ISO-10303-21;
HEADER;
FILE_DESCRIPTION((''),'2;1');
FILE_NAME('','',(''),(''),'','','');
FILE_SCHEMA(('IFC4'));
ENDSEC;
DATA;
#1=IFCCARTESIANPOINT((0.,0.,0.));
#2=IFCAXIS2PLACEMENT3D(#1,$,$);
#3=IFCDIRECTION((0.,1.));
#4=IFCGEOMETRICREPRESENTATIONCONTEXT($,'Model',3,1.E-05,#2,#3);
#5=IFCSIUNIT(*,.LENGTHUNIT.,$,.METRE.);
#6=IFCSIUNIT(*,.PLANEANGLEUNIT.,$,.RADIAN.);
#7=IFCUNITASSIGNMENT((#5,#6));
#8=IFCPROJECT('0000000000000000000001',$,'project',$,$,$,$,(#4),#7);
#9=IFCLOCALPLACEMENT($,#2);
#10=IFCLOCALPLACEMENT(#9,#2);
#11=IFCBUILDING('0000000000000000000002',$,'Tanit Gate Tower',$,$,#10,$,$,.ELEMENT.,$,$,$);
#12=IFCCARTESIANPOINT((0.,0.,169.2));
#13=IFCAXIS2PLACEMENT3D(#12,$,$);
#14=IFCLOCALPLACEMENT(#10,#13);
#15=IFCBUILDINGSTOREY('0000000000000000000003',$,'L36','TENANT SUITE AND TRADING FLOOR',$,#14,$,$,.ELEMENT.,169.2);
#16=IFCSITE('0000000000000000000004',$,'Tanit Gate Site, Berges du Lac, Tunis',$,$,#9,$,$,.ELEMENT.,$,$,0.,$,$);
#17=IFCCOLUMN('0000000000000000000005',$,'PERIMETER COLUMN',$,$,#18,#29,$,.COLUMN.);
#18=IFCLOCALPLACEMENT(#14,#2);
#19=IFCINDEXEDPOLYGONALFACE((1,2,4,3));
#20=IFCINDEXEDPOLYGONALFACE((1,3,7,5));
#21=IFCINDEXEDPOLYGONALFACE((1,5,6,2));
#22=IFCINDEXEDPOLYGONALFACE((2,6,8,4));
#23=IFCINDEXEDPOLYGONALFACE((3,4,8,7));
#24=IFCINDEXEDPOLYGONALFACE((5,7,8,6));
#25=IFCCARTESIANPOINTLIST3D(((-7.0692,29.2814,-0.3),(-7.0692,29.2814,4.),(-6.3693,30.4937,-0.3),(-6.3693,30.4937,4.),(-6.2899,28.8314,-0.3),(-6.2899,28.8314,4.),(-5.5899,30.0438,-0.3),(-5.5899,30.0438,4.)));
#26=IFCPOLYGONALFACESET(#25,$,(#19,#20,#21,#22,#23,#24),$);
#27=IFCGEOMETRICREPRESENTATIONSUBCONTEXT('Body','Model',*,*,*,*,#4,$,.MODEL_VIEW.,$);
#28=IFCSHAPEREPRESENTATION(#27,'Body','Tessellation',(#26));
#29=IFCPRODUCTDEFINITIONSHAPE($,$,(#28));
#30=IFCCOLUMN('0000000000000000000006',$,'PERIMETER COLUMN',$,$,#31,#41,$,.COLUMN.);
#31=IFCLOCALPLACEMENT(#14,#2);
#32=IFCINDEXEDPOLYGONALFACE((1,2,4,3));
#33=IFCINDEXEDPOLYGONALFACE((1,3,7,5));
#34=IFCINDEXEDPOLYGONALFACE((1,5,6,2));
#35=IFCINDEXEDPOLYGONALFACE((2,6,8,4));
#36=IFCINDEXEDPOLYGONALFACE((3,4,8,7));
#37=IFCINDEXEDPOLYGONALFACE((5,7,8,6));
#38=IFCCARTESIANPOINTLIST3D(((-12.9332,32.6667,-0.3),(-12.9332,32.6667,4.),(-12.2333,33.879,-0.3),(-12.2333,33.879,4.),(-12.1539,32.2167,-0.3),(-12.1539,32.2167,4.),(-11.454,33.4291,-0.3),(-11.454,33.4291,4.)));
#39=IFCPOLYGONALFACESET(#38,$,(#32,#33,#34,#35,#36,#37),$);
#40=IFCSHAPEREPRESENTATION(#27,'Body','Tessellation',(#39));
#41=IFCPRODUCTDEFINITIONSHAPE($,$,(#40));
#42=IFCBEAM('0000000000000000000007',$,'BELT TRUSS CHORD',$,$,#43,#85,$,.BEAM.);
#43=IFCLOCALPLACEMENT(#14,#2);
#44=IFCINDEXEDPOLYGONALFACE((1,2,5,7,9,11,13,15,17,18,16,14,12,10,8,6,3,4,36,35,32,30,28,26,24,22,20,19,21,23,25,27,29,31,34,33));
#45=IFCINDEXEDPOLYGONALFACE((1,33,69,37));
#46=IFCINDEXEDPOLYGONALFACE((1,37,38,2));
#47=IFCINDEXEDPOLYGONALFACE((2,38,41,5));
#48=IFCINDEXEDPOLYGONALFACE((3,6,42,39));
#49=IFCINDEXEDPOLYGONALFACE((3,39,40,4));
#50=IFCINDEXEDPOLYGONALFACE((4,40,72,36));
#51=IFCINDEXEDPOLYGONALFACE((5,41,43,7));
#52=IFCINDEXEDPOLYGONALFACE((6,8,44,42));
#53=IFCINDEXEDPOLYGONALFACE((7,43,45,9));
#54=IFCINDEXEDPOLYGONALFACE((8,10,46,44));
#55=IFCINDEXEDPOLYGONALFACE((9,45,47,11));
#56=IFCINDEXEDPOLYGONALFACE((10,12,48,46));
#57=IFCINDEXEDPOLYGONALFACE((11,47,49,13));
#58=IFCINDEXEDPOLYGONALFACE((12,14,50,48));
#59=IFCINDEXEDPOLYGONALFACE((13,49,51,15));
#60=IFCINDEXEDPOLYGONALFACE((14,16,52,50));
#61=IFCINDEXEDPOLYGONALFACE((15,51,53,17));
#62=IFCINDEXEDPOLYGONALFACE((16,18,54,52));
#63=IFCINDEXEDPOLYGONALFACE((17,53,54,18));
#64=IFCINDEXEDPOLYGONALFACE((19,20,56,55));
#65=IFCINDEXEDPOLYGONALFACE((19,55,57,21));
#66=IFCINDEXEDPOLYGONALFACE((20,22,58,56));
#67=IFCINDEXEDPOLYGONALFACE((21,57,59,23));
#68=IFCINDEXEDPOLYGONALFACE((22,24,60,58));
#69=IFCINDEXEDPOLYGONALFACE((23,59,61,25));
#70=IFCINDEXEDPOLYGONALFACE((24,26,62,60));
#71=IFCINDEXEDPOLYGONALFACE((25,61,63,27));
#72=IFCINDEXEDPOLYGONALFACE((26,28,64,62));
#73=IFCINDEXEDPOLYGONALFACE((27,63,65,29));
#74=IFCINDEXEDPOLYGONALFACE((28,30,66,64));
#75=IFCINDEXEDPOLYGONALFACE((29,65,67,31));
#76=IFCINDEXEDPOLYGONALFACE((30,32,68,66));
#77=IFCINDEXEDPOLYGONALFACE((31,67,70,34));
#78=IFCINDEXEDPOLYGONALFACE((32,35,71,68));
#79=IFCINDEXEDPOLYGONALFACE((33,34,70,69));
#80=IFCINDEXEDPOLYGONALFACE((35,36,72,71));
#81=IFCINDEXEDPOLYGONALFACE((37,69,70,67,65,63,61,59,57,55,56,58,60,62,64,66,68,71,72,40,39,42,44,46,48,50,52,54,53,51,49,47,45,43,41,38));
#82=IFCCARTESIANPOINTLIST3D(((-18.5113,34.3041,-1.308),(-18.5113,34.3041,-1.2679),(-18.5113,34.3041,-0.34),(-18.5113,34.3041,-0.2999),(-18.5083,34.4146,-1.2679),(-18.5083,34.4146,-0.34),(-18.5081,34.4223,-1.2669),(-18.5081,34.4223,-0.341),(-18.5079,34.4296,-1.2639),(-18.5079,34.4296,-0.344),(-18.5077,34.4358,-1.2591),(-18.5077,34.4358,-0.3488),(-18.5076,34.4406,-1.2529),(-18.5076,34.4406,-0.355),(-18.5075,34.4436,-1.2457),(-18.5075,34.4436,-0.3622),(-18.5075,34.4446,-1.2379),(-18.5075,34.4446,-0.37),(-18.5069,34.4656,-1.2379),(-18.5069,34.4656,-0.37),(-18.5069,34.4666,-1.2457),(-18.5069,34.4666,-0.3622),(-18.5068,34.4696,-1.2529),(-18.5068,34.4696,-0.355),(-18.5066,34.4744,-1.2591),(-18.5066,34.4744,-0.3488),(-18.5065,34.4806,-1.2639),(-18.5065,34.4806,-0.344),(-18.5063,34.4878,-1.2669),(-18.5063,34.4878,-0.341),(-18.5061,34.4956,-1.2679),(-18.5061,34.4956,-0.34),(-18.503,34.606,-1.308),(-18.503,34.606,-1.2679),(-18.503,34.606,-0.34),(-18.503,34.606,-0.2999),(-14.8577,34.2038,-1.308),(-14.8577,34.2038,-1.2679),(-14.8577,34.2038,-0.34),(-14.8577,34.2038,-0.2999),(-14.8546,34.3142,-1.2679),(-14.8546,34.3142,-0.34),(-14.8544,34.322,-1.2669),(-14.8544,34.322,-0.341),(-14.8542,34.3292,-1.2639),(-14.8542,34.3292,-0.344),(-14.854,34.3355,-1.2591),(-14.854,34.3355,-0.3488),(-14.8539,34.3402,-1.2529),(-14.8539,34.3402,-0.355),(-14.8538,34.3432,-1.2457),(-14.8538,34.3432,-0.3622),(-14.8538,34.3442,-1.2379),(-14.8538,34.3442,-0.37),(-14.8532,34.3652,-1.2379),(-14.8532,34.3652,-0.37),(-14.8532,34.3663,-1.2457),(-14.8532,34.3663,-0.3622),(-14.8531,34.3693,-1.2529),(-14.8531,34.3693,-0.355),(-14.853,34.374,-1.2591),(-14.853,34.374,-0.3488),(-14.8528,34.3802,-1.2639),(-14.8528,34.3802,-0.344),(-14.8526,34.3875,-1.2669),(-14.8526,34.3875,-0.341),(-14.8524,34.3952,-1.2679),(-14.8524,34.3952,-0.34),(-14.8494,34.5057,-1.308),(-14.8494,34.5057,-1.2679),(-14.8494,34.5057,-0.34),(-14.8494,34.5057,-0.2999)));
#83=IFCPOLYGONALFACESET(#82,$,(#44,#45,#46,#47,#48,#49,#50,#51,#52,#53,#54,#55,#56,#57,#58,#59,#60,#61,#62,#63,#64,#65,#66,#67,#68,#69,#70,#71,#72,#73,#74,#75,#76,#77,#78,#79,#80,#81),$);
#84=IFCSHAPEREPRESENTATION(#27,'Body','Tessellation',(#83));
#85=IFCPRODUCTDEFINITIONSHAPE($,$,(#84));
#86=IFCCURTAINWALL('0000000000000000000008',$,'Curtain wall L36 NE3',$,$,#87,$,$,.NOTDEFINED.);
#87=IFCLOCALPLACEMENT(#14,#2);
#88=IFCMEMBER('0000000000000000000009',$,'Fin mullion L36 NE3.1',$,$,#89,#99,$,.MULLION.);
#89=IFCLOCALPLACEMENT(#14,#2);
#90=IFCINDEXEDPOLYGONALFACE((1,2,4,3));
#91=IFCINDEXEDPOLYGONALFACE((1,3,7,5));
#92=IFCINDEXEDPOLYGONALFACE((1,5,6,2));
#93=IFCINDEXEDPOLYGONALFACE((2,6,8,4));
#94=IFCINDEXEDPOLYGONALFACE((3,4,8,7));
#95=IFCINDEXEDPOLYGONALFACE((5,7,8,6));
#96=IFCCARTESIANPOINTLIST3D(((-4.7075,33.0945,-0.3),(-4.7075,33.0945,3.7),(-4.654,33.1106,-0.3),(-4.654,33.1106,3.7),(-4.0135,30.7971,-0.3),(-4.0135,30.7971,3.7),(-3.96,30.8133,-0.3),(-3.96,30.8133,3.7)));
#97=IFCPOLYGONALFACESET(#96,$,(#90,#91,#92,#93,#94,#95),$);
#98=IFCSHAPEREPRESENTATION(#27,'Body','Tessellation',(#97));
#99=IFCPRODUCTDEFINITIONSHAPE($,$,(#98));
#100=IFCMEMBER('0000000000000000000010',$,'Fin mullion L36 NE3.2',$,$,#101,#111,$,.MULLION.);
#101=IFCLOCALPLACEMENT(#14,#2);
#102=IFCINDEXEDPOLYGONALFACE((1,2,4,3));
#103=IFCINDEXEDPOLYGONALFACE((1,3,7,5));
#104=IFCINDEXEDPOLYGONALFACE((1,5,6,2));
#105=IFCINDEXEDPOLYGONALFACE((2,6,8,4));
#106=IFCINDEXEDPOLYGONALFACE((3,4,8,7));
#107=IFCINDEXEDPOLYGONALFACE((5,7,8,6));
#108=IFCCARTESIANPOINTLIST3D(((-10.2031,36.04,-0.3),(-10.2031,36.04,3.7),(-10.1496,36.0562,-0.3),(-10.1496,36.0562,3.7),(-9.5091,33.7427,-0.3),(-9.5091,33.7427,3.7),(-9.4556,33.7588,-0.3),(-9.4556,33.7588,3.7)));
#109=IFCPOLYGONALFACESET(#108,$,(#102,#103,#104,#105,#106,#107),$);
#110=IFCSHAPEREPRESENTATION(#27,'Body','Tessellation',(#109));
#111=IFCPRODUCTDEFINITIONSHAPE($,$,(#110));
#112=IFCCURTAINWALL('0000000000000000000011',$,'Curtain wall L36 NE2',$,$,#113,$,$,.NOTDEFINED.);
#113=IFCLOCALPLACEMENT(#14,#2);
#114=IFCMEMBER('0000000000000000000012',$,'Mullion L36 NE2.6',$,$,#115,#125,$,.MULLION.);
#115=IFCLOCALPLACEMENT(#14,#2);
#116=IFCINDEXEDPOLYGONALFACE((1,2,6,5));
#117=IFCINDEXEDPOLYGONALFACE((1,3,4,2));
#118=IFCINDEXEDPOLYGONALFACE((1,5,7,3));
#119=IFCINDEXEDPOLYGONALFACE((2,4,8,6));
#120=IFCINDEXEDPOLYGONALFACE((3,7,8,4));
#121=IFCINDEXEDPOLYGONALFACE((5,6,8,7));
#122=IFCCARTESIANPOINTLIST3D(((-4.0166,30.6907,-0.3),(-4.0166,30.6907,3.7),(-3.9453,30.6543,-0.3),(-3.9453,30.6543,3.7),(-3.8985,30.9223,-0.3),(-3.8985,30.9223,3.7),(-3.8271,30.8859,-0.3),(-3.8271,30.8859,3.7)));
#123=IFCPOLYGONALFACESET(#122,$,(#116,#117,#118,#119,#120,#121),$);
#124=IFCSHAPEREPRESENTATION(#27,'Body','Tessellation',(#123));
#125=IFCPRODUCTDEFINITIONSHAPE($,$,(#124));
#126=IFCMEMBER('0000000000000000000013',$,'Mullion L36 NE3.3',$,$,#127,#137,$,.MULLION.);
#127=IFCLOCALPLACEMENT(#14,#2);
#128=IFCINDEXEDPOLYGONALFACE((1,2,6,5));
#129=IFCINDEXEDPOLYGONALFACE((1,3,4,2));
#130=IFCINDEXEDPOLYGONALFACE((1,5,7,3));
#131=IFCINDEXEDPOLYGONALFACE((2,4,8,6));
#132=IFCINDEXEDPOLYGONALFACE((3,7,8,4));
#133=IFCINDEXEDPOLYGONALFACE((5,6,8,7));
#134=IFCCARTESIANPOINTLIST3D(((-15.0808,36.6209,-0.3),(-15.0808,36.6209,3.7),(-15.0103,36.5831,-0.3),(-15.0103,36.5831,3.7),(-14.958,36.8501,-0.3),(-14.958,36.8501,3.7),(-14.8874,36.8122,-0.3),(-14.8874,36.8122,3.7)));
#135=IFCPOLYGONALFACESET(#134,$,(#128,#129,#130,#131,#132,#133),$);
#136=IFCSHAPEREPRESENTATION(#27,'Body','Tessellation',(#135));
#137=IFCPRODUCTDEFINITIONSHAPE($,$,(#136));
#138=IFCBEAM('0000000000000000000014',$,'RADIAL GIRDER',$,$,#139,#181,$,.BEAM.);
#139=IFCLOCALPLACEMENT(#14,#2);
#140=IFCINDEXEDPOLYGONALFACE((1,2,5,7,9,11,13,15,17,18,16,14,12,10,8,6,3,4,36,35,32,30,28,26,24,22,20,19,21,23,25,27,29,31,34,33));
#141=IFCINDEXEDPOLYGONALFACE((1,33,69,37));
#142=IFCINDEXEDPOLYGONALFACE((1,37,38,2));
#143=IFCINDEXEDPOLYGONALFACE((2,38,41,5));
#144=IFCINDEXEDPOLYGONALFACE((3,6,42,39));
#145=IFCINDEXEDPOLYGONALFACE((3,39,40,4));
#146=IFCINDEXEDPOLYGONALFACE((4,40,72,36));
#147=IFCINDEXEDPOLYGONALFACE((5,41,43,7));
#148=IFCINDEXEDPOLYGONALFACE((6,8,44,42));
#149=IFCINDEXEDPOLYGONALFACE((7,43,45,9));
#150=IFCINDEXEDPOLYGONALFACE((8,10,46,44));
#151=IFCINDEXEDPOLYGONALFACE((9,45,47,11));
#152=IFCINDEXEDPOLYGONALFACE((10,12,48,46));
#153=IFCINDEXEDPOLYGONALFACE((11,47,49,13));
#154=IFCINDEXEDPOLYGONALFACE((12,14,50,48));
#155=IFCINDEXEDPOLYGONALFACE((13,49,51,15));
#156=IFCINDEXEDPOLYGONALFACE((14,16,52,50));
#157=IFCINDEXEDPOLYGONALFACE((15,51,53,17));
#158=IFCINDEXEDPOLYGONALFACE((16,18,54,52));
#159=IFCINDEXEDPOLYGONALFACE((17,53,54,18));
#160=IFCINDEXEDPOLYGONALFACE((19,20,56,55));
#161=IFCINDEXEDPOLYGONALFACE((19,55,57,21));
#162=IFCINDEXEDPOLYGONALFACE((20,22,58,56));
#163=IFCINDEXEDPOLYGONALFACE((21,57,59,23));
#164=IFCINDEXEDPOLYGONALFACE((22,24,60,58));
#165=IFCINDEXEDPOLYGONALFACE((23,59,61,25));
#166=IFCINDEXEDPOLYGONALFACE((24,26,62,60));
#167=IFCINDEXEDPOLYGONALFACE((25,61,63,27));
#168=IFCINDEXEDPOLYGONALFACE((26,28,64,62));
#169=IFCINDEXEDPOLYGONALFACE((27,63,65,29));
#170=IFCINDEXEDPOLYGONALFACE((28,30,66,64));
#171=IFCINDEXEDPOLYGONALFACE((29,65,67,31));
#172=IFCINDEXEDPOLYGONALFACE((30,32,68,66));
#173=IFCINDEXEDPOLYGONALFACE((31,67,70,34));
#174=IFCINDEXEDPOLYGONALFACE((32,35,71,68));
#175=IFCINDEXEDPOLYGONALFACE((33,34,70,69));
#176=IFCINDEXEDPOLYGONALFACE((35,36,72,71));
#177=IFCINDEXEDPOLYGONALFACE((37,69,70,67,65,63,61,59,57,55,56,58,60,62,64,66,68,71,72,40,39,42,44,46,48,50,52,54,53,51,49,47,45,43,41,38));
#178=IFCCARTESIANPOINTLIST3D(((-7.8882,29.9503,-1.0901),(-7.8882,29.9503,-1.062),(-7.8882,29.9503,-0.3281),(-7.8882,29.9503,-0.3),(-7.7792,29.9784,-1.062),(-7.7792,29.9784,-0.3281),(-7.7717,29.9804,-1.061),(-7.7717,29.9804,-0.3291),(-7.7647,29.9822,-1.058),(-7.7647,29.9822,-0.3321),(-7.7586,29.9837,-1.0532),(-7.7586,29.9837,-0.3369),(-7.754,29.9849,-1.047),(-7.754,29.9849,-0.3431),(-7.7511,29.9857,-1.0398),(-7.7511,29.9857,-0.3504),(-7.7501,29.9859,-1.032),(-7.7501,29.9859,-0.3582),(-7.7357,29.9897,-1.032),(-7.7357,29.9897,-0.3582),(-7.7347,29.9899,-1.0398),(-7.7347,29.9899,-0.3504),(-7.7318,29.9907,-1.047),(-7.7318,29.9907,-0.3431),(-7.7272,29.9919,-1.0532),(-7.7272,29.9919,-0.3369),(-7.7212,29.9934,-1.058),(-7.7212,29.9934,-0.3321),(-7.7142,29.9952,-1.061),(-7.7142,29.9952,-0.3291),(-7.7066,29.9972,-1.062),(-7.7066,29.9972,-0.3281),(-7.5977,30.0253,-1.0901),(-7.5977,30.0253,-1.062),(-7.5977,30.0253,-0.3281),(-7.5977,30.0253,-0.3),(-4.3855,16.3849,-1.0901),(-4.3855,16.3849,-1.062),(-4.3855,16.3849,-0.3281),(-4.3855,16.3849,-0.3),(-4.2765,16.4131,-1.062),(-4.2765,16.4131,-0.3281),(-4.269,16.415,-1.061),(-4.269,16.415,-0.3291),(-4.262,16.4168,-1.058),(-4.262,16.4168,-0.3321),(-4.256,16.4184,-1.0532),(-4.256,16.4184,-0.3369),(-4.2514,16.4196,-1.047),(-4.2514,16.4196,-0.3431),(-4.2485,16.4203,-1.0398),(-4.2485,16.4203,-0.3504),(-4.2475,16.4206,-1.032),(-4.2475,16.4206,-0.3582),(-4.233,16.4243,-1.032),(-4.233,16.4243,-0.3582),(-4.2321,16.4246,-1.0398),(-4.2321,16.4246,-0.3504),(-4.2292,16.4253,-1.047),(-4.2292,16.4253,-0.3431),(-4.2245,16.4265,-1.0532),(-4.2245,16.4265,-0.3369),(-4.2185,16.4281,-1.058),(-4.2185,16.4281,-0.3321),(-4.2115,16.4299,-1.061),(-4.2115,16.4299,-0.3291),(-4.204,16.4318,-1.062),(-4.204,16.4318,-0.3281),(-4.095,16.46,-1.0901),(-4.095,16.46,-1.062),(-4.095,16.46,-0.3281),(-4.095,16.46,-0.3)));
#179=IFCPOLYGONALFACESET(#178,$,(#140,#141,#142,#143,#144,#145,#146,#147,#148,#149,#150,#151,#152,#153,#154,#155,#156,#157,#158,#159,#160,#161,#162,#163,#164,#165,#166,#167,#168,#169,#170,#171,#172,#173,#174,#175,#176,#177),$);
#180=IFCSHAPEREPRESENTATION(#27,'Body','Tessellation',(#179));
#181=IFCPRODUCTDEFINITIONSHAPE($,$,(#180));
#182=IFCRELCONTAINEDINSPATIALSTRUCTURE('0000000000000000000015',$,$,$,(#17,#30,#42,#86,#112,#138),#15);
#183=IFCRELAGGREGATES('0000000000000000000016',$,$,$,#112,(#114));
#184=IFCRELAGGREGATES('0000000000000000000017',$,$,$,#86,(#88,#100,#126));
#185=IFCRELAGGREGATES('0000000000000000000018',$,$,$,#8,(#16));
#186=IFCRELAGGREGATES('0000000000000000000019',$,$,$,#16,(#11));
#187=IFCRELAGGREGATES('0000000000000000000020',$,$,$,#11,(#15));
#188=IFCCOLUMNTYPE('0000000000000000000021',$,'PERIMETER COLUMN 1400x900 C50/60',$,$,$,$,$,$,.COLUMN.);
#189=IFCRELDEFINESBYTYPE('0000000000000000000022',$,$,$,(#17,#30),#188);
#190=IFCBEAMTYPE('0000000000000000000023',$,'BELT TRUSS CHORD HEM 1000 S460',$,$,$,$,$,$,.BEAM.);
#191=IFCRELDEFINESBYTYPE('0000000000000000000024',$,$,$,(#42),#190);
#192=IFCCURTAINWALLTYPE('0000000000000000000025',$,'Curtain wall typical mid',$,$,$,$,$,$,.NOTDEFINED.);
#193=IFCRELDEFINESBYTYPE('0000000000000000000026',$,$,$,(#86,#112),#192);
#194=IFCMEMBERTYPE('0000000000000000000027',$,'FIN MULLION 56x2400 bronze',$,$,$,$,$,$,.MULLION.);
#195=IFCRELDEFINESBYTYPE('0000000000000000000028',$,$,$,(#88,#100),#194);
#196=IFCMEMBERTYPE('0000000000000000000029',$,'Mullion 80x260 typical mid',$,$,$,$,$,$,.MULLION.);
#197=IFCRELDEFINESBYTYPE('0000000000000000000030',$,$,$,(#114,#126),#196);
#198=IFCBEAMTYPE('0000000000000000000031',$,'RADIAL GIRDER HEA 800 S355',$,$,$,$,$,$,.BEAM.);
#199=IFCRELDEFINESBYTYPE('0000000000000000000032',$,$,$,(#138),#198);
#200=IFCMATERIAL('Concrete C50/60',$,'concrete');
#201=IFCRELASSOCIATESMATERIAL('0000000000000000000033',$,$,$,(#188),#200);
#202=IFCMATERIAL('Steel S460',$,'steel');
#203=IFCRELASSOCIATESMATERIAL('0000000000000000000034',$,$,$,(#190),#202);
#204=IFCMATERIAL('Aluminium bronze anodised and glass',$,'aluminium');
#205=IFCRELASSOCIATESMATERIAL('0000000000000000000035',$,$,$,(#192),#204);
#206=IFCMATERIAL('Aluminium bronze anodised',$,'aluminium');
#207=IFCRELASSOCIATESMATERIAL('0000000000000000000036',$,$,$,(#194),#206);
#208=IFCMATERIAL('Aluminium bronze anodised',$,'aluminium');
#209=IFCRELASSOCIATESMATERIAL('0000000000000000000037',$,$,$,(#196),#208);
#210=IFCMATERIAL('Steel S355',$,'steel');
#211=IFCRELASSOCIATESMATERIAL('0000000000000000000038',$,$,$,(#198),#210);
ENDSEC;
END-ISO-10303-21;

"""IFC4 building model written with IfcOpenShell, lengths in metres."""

from ifc_helpers import new_model, si_unit, direction, frame, origin, origin_2d, place, context, subcontext, project, spatial, rectangle, i_section, extrude, material, material_profile, profile_set, type_object, element, aggregate, save


model = new_model("IFC4")

# Units and contexts
model_context = context("Model", 3, precision=1e-05, world=origin(), true_north=direction((0.0, 1.0)))
body_context = subcontext(model_context, "Body", "Model", "MODEL_VIEW")
ifc_project = project(units=[si_unit("LENGTHUNIT", "METRE"), si_unit("PLANEANGLEUNIT", "RADIAN")], contexts=[model_context])

# Site, building, storey
site_placement = place(None, origin())
site = spatial("IfcSite", under=ifc_project, at=site_placement, Name="Tanit Gate Site, Berges du Lac, Tunis", CompositionType="ELEMENT", RefElevation=0.0)
building_placement = place(site_placement, origin())
building = spatial("IfcBuilding", under=site, at=building_placement, Name="Tanit Gate Tower", CompositionType="ELEMENT")
storey_placement = place(building_placement, frame((0.0, 0.0, 169.2)))
storey = spatial("IfcBuildingStorey", under=building, at=storey_placement, Name="L36", Description="TENANT SUITE AND TRADING FLOOR", CompositionType="ELEMENT", Elevation=169.2)

# Columns
ifc_material_1 = material(Name="Concrete C50/60", Category="concrete")
ifc_material_profile_1 = material_profile(ifc_material_1, rectangle(XDim=1.3999, YDim=0.8999, at=origin_2d()), Name="RC 1400x900")
ifc_profile_set_1 = profile_set([ifc_material_profile_1], Name="Concrete C50/60")
column_type = type_object("IfcColumnType", Name="PERIMETER COLUMN 1400x900 C50/60", PredefinedType="COLUMN", material=ifc_profile_set_1)
for number, where, z_axis, x_axis, name in (
    (1, (-6.3296, 29.6626, -0.3), (0.0, 0.0, 1.0), (0.5, 0.866025, 0.0), "PERIMETER COLUMN"),
    (2, (-12.1936, 33.0479, -0.3), (0.0, 0.0, 1.0), (0.5, 0.866025, 0.0), "PERIMETER COLUMN"),
):
    element("IfcColumn", number, at=place(storey_placement, frame(where, z_axis=z_axis, x_axis=x_axis)), inside=storey, type_object=column_type, Name=name, PredefinedType="COLUMN", context=body_context, shape_type="SweptSolid", body=[
        extrude(rectangle(XDim=1.3999, YDim=0.8999, at=origin_2d()), origin(), (0.0, 0.0, 1.0), 4.3),
    ])

# Beam
ifc_material_2 = material(Name="Steel S460", Category="steel")
ifc_material_profile_2 = material_profile(ifc_material_2, i_section(OverallWidth=0.302, OverallDepth=1.0081, WebThickness=0.021, FlangeThickness=0.04, FilletRadius=0.03, at=origin_2d()), Name="HEM 1000")
ifc_profile_set_2 = profile_set([ifc_material_profile_2], Name="Steel S460")
beam_type_1 = type_object("IfcBeamType", Name="BELT TRUSS CHORD HEM 1000 S460", PredefinedType="BEAM", material=ifc_profile_set_2)
beam_1_placement = place(storey_placement, frame((-14.8535, 34.3547, -0.804), z_axis=(-0.999623, 0.027454, 0.0), x_axis=(-0.027454, -0.999623, 0.0)))
element("IfcBeam", 3, at=beam_1_placement, inside=storey, type_object=beam_type_1, Name="BELT TRUSS CHORD", PredefinedType="BEAM", context=body_context, shape_type="SweptSolid", body=[
    extrude(i_section(OverallWidth=0.302, OverallDepth=1.0081, WebThickness=0.021, FlangeThickness=0.04, FilletRadius=0.03, at=origin_2d()), origin(), (0.0, 0.0, 1.0), 3.655),
])

# Curtain wall, members
ifc_material_3 = material(Name="Aluminium bronze anodised and glass", Category="aluminium")
curtain_wall_type = type_object("IfcCurtainWallType", Name="Curtain wall typical mid", PredefinedType="NOTDEFINED", material=ifc_material_3)
curtain_wall_1_placement = place(storey_placement, origin())
curtain_wall_1 = element("IfcCurtainWall", 4, at=curtain_wall_1_placement, inside=storey, type_object=curtain_wall_type, Name="Curtain wall L36 NE3", PredefinedType="NOTDEFINED")
ifc_material_4 = material(Name="Aluminium bronze anodised", Category="aluminium")
ifc_material_profile_3 = material_profile(ifc_material_4, rectangle(XDim=2.3999, YDim=0.0559, at=origin_2d()), Name="56x2400 bronze fin mullion")
ifc_profile_set_3 = profile_set([ifc_material_profile_3], Name="Aluminium bronze anodised")
member_type_1 = type_object("IfcMemberType", Name="FIN MULLION 56x2400 bronze", PredefinedType="MULLION", material=ifc_profile_set_3)
member_1_placement = place(storey_placement, frame((-4.3337, 31.9539, -0.3), z_axis=(0.0, 0.0, 1.0), x_axis=(0.289196, -0.95727, 0.0)))
member_1 = element("IfcMember", 5, at=member_1_placement, type_object=member_type_1, Name="Fin mullion L36 NE3.1", PredefinedType="MULLION", context=body_context, shape_type="SweptSolid", body=[
    extrude(rectangle(XDim=2.3999, YDim=0.0559, at=origin_2d()), origin(), (0.0, 0.0, 1.0), 4.0),
])
member_2_placement = place(storey_placement, frame((-9.8293, 34.8994, -0.3), z_axis=(0.0, 0.0, 1.0), x_axis=(0.289196, -0.95727, 0.0)))
member_2 = element("IfcMember", 6, at=member_2_placement, type_object=member_type_1, Name="Fin mullion L36 NE3.2", PredefinedType="MULLION", context=body_context, shape_type="SweptSolid", body=[
    extrude(rectangle(XDim=2.3999, YDim=0.0559, at=origin_2d()), origin(), (0.0, 0.0, 1.0), 4.0),
])

# Curtain wall, member
curtain_wall_2_placement = place(storey_placement, origin())
curtain_wall_2 = element("IfcCurtainWall", 7, at=curtain_wall_2_placement, inside=storey, type_object=curtain_wall_type, Name="Curtain wall L36 NE2", PredefinedType="NOTDEFINED")
ifc_material_5 = material(Name="Aluminium bronze anodised", Category="aluminium")
ifc_material_profile_4 = material_profile(ifc_material_5, rectangle(XDim=0.26, YDim=0.0801, at=origin_2d()), Name="80x260 bronze mullion")
ifc_profile_set_4 = profile_set([ifc_material_profile_4], Name="Aluminium bronze anodised")
member_type_2 = type_object("IfcMemberType", Name="Mullion 80x260 typical mid", PredefinedType="MULLION", material=ifc_profile_set_4)
member_3_placement = place(storey_placement, frame((-3.9219, 30.7883, -0.3), z_axis=(0.0, 0.0, 1.0), x_axis=(-0.454411, -0.890792, 0.0)))
member_3 = element("IfcMember", 8, at=member_3_placement, type_object=member_type_2, Name="Mullion L36 NE2.6", PredefinedType="MULLION", context=body_context, shape_type="SweptSolid", body=[
    extrude(rectangle(XDim=0.26, YDim=0.0801, at=origin_2d()), origin(), (0.0, 0.0, 1.0), 4.0),
])
aggregate(curtain_wall_2, [member_3])

# Member
member_4_placement = place(storey_placement, frame((-14.9841, 36.7166, -0.3), z_axis=(0.0, 0.0, 1.0), x_axis=(-0.472399, -0.881385, 0.0)))
member_4 = element("IfcMember", 9, at=member_4_placement, type_object=member_type_2, Name="Mullion L36 NE3.3", PredefinedType="MULLION", context=body_context, shape_type="SweptSolid", body=[
    extrude(rectangle(XDim=0.26, YDim=0.0801, at=origin_2d()), origin(), (0.0, 0.0, 1.0), 4.0),
])

# Beam
ifc_material_6 = material(Name="Steel S355", Category="steel")
ifc_material_profile_5 = material_profile(ifc_material_6, i_section(OverallWidth=0.3, OverallDepth=0.79, WebThickness=0.0149, FlangeThickness=0.0281, FilletRadius=0.03, at=origin_2d()), Name="HEA 800")
ifc_profile_set_5 = profile_set([ifc_material_profile_5], Name="Steel S355")
beam_type_2 = type_object("IfcBeamType", Name="RADIAL GIRDER HEA 800 S355", PredefinedType="BEAM", material=ifc_profile_set_5)
beam_2_placement = place(storey_placement, frame((-7.7429, 29.9878, -0.6951), z_axis=(0.250007, -0.968244, 0.0), x_axis=(0.968244, 0.250007, 0.0)))
element("IfcBeam", 10, at=beam_2_placement, inside=storey, type_object=beam_type_2, Name="RADIAL GIRDER", PredefinedType="BEAM", context=body_context, shape_type="SweptSolid", body=[
    extrude(i_section(OverallWidth=0.3, OverallDepth=0.79, WebThickness=0.0149, FlangeThickness=0.0281, FilletRadius=0.03, at=origin_2d()), origin(), (0.0, 0.0, 1.0), 14.0103),
])

aggregate(curtain_wall_1, [member_1, member_2, member_4])

save(model, "model.ifc")
